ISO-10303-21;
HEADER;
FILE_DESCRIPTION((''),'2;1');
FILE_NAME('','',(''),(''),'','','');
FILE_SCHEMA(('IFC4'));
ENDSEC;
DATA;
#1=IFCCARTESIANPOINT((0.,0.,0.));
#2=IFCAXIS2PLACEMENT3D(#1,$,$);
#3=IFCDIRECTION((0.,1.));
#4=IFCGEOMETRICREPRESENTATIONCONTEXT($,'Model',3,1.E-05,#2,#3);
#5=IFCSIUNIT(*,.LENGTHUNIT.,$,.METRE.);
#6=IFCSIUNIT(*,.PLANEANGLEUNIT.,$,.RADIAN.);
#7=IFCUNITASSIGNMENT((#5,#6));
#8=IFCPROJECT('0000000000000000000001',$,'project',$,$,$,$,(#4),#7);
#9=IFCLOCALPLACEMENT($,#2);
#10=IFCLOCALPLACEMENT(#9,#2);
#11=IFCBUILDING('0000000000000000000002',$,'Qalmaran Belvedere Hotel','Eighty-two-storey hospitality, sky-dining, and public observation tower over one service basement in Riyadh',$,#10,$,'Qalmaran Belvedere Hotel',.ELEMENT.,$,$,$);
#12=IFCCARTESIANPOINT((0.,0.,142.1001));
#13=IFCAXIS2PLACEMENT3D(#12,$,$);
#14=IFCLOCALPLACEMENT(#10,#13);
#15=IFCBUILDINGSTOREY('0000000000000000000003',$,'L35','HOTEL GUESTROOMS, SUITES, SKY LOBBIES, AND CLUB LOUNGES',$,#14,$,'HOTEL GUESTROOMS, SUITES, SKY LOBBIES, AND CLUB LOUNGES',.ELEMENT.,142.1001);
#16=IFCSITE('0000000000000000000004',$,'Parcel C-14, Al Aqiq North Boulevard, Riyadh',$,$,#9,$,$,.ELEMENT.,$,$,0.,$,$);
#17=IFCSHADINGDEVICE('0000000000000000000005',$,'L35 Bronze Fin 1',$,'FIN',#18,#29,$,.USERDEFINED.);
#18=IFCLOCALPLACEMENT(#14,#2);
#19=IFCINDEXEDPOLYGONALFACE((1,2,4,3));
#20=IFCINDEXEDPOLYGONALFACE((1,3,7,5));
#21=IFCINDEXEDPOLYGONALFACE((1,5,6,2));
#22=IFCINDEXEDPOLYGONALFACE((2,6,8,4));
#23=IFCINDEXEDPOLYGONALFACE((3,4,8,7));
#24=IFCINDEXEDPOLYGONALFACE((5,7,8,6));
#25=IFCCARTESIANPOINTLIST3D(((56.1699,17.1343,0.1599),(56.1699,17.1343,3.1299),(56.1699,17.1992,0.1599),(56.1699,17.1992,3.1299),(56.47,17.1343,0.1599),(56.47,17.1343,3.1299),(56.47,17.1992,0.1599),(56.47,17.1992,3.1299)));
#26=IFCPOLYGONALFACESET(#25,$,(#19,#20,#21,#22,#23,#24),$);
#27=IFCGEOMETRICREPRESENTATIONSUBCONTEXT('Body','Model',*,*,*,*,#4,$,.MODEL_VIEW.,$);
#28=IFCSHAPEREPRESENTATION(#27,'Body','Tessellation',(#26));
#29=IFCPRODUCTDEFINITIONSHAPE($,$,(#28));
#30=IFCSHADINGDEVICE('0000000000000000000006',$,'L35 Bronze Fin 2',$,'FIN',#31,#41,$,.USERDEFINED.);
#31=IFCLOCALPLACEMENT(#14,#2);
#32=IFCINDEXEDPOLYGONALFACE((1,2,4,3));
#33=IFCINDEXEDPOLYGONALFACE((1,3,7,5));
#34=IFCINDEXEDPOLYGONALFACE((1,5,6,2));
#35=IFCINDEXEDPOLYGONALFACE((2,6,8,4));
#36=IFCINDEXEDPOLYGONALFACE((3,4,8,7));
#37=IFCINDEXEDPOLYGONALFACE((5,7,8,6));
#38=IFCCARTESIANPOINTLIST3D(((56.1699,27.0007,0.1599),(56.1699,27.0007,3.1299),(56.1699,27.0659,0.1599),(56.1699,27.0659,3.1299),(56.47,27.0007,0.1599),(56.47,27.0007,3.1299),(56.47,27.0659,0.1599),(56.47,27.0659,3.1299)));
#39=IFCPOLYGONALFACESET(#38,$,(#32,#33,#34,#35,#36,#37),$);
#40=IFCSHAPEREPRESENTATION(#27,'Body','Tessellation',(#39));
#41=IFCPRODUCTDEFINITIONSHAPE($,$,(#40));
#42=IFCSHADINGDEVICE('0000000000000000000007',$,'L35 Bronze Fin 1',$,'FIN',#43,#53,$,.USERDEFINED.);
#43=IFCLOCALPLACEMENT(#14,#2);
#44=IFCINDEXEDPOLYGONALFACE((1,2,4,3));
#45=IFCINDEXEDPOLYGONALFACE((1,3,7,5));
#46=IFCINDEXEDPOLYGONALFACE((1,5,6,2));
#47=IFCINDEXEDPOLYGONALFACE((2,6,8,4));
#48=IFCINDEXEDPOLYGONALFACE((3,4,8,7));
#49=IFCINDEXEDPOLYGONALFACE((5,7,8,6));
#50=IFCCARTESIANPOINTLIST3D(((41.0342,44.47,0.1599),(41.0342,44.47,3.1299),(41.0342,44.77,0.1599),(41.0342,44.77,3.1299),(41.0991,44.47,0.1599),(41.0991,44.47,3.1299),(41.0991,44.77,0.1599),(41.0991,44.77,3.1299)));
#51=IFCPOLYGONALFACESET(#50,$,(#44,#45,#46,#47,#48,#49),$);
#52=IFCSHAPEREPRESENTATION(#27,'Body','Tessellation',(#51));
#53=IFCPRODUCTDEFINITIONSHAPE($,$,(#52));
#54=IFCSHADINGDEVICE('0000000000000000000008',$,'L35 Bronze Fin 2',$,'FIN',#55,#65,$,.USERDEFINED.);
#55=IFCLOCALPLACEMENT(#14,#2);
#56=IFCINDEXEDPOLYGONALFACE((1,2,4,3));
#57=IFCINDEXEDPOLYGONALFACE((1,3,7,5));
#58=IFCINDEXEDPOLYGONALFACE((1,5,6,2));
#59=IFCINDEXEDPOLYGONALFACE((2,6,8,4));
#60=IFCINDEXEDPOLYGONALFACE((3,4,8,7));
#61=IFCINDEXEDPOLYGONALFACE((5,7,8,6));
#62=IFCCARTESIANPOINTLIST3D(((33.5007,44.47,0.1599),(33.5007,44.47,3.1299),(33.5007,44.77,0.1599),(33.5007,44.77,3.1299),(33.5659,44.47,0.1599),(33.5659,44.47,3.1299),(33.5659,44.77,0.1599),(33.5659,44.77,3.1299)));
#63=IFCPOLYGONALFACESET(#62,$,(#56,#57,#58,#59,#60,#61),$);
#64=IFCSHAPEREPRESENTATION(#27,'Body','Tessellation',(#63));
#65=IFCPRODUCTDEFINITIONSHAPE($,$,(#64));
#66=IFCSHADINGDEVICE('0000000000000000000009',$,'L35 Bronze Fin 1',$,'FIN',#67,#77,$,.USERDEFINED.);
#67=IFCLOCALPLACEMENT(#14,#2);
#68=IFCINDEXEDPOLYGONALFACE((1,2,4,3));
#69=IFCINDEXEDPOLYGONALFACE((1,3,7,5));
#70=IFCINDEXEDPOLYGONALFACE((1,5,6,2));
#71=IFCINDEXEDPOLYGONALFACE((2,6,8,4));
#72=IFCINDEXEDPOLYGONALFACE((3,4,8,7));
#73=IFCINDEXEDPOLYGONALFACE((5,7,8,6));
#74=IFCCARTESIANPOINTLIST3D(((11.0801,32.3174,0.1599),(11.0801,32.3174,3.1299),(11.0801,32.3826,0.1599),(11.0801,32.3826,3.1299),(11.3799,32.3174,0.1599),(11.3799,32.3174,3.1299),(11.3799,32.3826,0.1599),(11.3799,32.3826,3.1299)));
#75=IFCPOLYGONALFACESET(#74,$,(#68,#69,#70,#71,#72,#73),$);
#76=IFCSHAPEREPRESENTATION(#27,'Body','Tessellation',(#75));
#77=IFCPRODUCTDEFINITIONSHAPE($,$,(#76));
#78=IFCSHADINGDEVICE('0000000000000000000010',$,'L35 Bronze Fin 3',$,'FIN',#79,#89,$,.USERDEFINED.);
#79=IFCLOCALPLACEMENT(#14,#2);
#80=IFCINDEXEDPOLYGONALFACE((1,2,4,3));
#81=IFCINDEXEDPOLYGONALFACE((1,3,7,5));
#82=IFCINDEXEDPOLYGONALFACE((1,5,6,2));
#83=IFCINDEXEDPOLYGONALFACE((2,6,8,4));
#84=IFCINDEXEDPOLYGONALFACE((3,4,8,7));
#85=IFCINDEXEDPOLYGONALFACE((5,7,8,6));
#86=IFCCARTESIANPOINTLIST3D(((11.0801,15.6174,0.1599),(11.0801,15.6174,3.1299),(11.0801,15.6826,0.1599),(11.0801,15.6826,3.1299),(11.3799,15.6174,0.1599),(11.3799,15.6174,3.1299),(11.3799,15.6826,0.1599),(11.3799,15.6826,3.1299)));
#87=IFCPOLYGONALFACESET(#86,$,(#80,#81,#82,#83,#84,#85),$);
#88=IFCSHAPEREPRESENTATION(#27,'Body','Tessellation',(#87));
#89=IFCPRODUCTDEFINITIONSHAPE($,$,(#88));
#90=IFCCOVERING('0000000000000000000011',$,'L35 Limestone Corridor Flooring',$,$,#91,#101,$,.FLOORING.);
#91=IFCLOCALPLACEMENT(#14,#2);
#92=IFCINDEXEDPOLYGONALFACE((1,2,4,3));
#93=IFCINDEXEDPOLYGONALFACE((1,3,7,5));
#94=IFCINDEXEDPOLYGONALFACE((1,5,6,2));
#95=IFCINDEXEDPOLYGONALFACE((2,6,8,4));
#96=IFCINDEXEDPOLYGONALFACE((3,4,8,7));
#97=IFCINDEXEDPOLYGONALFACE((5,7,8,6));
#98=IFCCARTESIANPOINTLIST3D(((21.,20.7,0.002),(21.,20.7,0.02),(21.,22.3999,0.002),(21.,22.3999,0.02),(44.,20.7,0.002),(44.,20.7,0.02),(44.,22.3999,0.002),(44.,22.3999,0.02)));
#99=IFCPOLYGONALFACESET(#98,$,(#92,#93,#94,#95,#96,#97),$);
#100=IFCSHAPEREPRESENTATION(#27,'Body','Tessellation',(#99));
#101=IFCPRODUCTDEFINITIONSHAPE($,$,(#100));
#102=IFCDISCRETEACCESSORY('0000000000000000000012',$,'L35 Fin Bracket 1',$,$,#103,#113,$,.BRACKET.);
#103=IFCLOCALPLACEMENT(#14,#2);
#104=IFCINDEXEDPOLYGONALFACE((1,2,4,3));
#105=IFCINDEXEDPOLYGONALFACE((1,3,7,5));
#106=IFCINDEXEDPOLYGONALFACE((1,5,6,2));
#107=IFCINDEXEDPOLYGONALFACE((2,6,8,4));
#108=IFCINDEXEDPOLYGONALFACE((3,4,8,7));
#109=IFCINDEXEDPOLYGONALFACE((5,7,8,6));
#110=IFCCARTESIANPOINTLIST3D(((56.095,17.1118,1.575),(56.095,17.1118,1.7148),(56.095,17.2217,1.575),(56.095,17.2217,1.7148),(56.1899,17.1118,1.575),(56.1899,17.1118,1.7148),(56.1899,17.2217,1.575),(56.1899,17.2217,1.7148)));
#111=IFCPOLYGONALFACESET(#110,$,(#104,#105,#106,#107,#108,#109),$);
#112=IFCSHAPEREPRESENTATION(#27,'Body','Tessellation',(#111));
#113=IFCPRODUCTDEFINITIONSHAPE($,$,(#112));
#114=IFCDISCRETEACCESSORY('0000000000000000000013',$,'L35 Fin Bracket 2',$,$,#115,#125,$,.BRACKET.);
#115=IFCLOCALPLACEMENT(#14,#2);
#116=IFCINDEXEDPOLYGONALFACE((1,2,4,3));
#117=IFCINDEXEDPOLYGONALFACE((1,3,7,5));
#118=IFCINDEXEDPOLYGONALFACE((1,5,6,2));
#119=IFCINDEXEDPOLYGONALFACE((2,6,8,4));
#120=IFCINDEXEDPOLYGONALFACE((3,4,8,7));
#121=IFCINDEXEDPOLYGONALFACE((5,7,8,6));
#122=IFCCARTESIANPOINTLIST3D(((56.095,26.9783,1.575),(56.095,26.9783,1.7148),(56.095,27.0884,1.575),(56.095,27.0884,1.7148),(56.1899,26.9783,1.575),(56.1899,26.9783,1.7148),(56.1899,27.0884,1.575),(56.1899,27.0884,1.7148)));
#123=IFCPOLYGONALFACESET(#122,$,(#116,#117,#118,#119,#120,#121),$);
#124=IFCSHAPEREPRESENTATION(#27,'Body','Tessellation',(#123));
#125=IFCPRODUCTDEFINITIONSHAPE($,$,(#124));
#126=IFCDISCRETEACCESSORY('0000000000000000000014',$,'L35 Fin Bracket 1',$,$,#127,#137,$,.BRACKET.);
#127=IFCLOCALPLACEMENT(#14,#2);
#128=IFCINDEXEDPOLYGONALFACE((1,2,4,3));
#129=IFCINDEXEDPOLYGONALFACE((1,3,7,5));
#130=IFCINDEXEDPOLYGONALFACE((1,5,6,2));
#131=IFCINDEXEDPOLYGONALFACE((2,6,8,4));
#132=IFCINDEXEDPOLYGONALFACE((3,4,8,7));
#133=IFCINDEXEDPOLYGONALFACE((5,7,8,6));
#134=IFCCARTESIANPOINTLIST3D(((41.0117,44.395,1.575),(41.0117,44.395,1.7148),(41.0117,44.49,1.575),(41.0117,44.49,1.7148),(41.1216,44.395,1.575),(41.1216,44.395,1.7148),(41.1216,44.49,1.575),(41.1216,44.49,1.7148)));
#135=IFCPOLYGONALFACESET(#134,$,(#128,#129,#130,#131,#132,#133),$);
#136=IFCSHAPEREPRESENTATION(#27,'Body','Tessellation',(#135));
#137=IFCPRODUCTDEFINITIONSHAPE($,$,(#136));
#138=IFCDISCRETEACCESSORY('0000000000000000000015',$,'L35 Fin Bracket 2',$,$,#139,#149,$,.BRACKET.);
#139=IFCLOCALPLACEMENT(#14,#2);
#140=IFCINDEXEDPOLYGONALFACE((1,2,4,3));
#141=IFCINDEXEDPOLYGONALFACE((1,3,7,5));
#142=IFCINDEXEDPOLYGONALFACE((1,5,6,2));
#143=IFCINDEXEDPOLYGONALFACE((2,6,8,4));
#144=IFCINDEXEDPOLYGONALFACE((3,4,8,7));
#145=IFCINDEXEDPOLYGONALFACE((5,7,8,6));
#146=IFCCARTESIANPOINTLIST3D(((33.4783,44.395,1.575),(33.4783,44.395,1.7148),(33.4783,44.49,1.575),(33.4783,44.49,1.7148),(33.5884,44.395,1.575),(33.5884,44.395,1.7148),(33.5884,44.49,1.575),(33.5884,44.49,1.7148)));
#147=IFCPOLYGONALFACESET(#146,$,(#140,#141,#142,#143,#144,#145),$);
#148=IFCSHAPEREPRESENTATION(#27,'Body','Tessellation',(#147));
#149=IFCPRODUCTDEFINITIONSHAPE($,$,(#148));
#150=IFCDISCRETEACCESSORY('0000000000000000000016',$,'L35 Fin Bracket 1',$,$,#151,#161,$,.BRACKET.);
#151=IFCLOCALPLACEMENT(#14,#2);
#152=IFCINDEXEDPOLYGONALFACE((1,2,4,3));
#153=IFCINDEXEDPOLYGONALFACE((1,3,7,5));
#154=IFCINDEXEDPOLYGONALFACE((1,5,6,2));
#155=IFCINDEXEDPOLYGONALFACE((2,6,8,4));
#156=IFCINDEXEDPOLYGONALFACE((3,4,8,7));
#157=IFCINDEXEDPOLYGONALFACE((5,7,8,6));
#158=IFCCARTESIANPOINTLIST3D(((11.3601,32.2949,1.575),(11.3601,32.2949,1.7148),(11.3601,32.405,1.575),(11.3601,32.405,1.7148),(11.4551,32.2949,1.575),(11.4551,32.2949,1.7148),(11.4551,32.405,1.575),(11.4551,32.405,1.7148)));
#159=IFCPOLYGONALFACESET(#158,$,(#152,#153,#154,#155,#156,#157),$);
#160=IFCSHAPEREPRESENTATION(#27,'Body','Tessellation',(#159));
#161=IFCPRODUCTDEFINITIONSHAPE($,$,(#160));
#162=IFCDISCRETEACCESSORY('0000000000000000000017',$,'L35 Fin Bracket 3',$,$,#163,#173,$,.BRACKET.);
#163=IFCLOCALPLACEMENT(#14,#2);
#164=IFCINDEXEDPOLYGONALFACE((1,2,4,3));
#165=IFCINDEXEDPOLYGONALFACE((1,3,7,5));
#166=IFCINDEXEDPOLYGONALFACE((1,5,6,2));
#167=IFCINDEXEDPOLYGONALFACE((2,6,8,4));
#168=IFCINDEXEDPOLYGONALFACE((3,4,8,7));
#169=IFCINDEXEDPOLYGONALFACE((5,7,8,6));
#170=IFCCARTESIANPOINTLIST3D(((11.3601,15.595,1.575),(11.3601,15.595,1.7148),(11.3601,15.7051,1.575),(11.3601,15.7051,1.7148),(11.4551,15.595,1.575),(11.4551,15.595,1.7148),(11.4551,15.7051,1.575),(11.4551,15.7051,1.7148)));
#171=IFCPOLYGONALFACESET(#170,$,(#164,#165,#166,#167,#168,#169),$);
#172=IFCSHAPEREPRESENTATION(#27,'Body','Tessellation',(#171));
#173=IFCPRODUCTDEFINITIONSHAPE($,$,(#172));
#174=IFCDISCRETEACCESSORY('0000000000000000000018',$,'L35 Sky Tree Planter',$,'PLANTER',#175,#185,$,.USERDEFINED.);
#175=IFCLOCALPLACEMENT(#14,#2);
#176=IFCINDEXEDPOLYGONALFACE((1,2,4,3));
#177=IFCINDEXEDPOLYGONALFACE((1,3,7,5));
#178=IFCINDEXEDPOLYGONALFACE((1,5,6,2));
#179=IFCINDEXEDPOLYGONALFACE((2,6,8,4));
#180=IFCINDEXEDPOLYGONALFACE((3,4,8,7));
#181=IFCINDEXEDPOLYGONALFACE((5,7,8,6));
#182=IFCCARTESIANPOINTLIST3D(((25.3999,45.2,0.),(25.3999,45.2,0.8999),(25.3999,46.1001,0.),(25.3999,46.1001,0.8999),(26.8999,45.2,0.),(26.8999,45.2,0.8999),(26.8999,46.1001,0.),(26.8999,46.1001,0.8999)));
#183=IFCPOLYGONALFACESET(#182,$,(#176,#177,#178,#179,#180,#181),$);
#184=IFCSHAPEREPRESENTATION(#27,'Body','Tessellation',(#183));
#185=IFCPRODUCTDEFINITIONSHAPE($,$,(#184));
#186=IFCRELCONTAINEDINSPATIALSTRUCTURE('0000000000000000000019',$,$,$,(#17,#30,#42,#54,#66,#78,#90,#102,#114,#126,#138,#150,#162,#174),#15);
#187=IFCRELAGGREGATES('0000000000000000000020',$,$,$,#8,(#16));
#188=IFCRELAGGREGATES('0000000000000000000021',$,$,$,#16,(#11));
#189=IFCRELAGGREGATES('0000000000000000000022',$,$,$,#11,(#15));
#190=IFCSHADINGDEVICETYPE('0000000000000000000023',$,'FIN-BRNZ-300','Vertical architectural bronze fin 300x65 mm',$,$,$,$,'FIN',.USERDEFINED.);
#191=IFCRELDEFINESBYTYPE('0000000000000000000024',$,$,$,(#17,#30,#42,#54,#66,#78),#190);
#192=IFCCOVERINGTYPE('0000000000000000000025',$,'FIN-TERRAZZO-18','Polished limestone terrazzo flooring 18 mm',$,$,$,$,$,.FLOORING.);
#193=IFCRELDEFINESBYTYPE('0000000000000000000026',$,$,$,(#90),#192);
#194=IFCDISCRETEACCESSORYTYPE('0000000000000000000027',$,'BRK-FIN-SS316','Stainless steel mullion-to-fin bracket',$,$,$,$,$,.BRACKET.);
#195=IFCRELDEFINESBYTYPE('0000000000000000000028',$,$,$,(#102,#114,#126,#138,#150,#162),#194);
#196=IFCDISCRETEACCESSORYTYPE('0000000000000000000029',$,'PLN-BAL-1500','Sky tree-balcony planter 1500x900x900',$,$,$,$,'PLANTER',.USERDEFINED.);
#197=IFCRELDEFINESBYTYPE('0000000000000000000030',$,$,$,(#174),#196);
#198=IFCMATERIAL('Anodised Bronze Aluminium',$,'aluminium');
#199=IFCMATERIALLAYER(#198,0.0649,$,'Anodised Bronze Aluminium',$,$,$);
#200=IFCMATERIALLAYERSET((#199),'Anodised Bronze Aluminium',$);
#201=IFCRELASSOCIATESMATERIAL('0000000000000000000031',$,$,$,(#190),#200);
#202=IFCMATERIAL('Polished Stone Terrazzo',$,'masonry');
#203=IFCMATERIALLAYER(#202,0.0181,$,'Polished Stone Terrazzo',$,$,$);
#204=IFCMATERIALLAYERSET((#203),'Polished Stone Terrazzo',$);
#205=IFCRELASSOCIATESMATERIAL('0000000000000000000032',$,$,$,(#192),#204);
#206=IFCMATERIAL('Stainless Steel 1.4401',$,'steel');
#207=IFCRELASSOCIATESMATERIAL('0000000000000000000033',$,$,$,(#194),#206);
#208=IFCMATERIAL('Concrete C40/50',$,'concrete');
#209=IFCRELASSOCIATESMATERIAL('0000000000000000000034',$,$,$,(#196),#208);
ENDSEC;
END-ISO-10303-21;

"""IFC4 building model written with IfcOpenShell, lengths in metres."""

from ifc_helpers import new_model, si_unit, direction, frame, origin, place, context, subcontext, project, spatial, polyline, outline, extrude, material, layer, layer_set, type_object, element, save


model = new_model("IFC4")

# Units and contexts
model_context = context("Model", 3, precision=1e-05, world=origin(), true_north=direction((0.0, 1.0)))
body_context = subcontext(model_context, "Body", "Model", "MODEL_VIEW")
ifc_project = project(units=[si_unit("LENGTHUNIT", "METRE"), si_unit("PLANEANGLEUNIT", "RADIAN")], contexts=[model_context])

# Site, building, storey
site_placement = place(None, origin())
site = spatial("IfcSite", under=ifc_project, at=site_placement, Name="Parcel C-14, Al Aqiq North Boulevard, Riyadh", CompositionType="ELEMENT", RefElevation=0.0)
building_placement = place(site_placement, origin())
building = spatial("IfcBuilding", under=site, at=building_placement, Name="Qalmaran Belvedere Hotel", Description="Eighty-two-storey hospitality, sky-dining, and public observation tower over one service basement in Riyadh", LongName="Qalmaran Belvedere Hotel", CompositionType="ELEMENT")
storey_placement = place(building_placement, frame((0.0, 0.0, 142.1001)))
storey = spatial("IfcBuildingStorey", under=building, at=storey_placement, Name="L35", Description="HOTEL GUESTROOMS, SUITES, SKY LOBBIES, AND CLUB LOUNGES", LongName="HOTEL GUESTROOMS, SUITES, SKY LOBBIES, AND CLUB LOUNGES", CompositionType="ELEMENT", Elevation=142.1001)

# Shared definitions
ifc_material_1 = material(Name="Anodised Bronze Aluminium", Category="aluminium")

# Shared definitions
ifc_material_2 = material(Name="Concrete C40/50", Category="concrete")

# Shading devices
ifc_layer_1 = layer(ifc_material_1, 0.0649, Name="Anodised Bronze Aluminium")
ifc_layer_set_1 = layer_set([ifc_layer_1], Name="Anodised Bronze Aluminium")
shading_device_type = type_object("IfcShadingDeviceType", Name="FIN-BRNZ-300", Description="Vertical architectural bronze fin 300x65 mm", ElementType="FIN", PredefinedType="USERDEFINED", material=ifc_layer_set_1)
shading_device_1_placement = place(storey_placement, frame((0.0, 0.0, 0.1599)))
element("IfcShadingDevice", 1, at=shading_device_1_placement, inside=storey, type_object=shading_device_type, Name="L35 Bronze Fin 1", ObjectType="FIN", PredefinedType="USERDEFINED", context=body_context, shape_type="SweptSolid", body=[
    extrude(outline(polyline([(56.1699, 17.1343), (56.47, 17.1343), (56.47, 17.1992), (56.1699, 17.1992), (56.1699, 17.1343)])), origin(), (0.0, 0.0, 1.0), 2.97),
])
shading_device_2_placement = place(storey_placement, frame((0.0, 0.0, 0.1599)))
element("IfcShadingDevice", 2, at=shading_device_2_placement, inside=storey, type_object=shading_device_type, Name="L35 Bronze Fin 2", ObjectType="FIN", PredefinedType="USERDEFINED", context=body_context, shape_type="SweptSolid", body=[
    extrude(outline(polyline([(56.1699, 27.0007), (56.47, 27.0007), (56.47, 27.0659), (56.1699, 27.0659), (56.1699, 27.0007)])), origin(), (0.0, 0.0, 1.0), 2.97),
])
shading_device_3_placement = place(storey_placement, frame((0.0, 0.0, 0.1599)))
element("IfcShadingDevice", 3, at=shading_device_3_placement, inside=storey, type_object=shading_device_type, Name="L35 Bronze Fin 1", ObjectType="FIN", PredefinedType="USERDEFINED", context=body_context, shape_type="SweptSolid", body=[
    extrude(outline(polyline([(41.0991, 44.47), (41.0991, 44.77), (41.0342, 44.77), (41.0342, 44.47), (41.0991, 44.47)])), origin(), (0.0, 0.0, 1.0), 2.97),
])
shading_device_4_placement = place(storey_placement, frame((0.0, 0.0, 0.1599)))
element("IfcShadingDevice", 4, at=shading_device_4_placement, inside=storey, type_object=shading_device_type, Name="L35 Bronze Fin 2", ObjectType="FIN", PredefinedType="USERDEFINED", context=body_context, shape_type="SweptSolid", body=[
    extrude(outline(polyline([(33.5659, 44.47), (33.5659, 44.77), (33.5007, 44.77), (33.5007, 44.47), (33.5659, 44.47)])), origin(), (0.0, 0.0, 1.0), 2.97),
])
shading_device_5_placement = place(storey_placement, frame((0.0, 0.0, 0.1599)))
element("IfcShadingDevice", 5, at=shading_device_5_placement, inside=storey, type_object=shading_device_type, Name="L35 Bronze Fin 1", ObjectType="FIN", PredefinedType="USERDEFINED", context=body_context, shape_type="SweptSolid", body=[
    extrude(outline(polyline([(11.3799, 32.3826), (11.0801, 32.3826), (11.0801, 32.3174), (11.3799, 32.3174), (11.3799, 32.3826)])), origin(), (0.0, 0.0, 1.0), 2.97),
])
shading_device_6_placement = place(storey_placement, frame((0.0, 0.0, 0.1599)))
element("IfcShadingDevice", 6, at=shading_device_6_placement, inside=storey, type_object=shading_device_type, Name="L35 Bronze Fin 3", ObjectType="FIN", PredefinedType="USERDEFINED", context=body_context, shape_type="SweptSolid", body=[
    extrude(outline(polyline([(11.3799, 15.6826), (11.0801, 15.6826), (11.0801, 15.6174), (11.3799, 15.6174), (11.3799, 15.6826)])), origin(), (0.0, 0.0, 1.0), 2.97),
])

# Covering
ifc_material_3 = material(Name="Polished Stone Terrazzo", Category="masonry")
ifc_layer_2 = layer(ifc_material_3, 0.0181, Name="Polished Stone Terrazzo")
ifc_layer_set_2 = layer_set([ifc_layer_2], Name="Polished Stone Terrazzo")
covering_type_1 = type_object("IfcCoveringType", Name="FIN-TERRAZZO-18", Description="Polished limestone terrazzo flooring 18 mm", PredefinedType="FLOORING", material=ifc_layer_set_2)
covering_1_placement = place(storey_placement, frame((0.0, 0.0, 0.002)))
element("IfcCovering", 7, at=covering_1_placement, inside=storey, type_object=covering_type_1, Name="L35 Limestone Corridor Flooring", PredefinedType="FLOORING", context=body_context, shape_type="SweptSolid", body=[
    extrude(outline(polyline([(21.0, 20.7), (44.0, 20.7), (44.0, 22.3999), (21.0, 22.3999), (21.0, 20.7)])), origin(), (0.0, 0.0, 1.0), 0.0181),
])

# Discrete accessories
ifc_material_4 = material(Name="Stainless Steel 1.4401", Category="steel")
discrete_accessory_type_1 = type_object("IfcDiscreteAccessoryType", Name="BRK-FIN-SS316", Description="Stainless steel mullion-to-fin bracket", PredefinedType="BRACKET", material=ifc_material_4)
discrete_accessory_1_placement = place(storey_placement, frame((0.0, 0.0, 1.575)))
element("IfcDiscreteAccessory", 8, at=discrete_accessory_1_placement, inside=storey, type_object=discrete_accessory_type_1, Name="L35 Fin Bracket 1", PredefinedType="BRACKET", context=body_context, shape_type="SweptSolid", body=[
    extrude(outline(polyline([(56.095, 17.1118), (56.1899, 17.1118), (56.1899, 17.2217), (56.095, 17.2217), (56.095, 17.1118)])), origin(), (0.0, 0.0, 1.0), 0.1399),
])
discrete_accessory_2_placement = place(storey_placement, frame((0.0, 0.0, 1.575)))
element("IfcDiscreteAccessory", 9, at=discrete_accessory_2_placement, inside=storey, type_object=discrete_accessory_type_1, Name="L35 Fin Bracket 2", PredefinedType="BRACKET", context=body_context, shape_type="SweptSolid", body=[
    extrude(outline(polyline([(56.095, 26.9783), (56.1899, 26.9783), (56.1899, 27.0884), (56.095, 27.0884), (56.095, 26.9783)])), origin(), (0.0, 0.0, 1.0), 0.1399),
])
discrete_accessory_3_placement = place(storey_placement, frame((0.0, 0.0, 1.575)))
element("IfcDiscreteAccessory", 10, at=discrete_accessory_3_placement, inside=storey, type_object=discrete_accessory_type_1, Name="L35 Fin Bracket 1", PredefinedType="BRACKET", context=body_context, shape_type="SweptSolid", body=[
    extrude(outline(polyline([(41.1216, 44.395), (41.1216, 44.49), (41.0117, 44.49), (41.0117, 44.395), (41.1216, 44.395)])), origin(), (0.0, 0.0, 1.0), 0.1399),
])
discrete_accessory_4_placement = place(storey_placement, frame((0.0, 0.0, 1.575)))
element("IfcDiscreteAccessory", 11, at=discrete_accessory_4_placement, inside=storey, type_object=discrete_accessory_type_1, Name="L35 Fin Bracket 2", PredefinedType="BRACKET", context=body_context, shape_type="SweptSolid", body=[
    extrude(outline(polyline([(33.5884, 44.395), (33.5884, 44.49), (33.4783, 44.49), (33.4783, 44.395), (33.5884, 44.395)])), origin(), (0.0, 0.0, 1.0), 0.1399),
])
discrete_accessory_5_placement = place(storey_placement, frame((0.0, 0.0, 1.575)))
element("IfcDiscreteAccessory", 12, at=discrete_accessory_5_placement, inside=storey, type_object=discrete_accessory_type_1, Name="L35 Fin Bracket 1", PredefinedType="BRACKET", context=body_context, shape_type="SweptSolid", body=[
    extrude(outline(polyline([(11.4551, 32.405), (11.3601, 32.405), (11.3601, 32.2949), (11.4551, 32.2949), (11.4551, 32.405)])), origin(), (0.0, 0.0, 1.0), 0.1399),
])
discrete_accessory_6_placement = place(storey_placement, frame((0.0, 0.0, 1.575)))
element("IfcDiscreteAccessory", 13, at=discrete_accessory_6_placement, inside=storey, type_object=discrete_accessory_type_1, Name="L35 Fin Bracket 3", PredefinedType="BRACKET", context=body_context, shape_type="SweptSolid", body=[
    extrude(outline(polyline([(11.4551, 15.7051), (11.3601, 15.7051), (11.3601, 15.595), (11.4551, 15.595), (11.4551, 15.7051)])), origin(), (0.0, 0.0, 1.0), 0.1399),
])
discrete_accessory_type_2 = type_object("IfcDiscreteAccessoryType", Name="PLN-BAL-1500", Description="Sky tree-balcony planter 1500x900x900", ElementType="PLANTER", PredefinedType="USERDEFINED", material=ifc_material_2)
discrete_accessory_7_placement = place(storey_placement, origin())
element("IfcDiscreteAccessory", 14, at=discrete_accessory_7_placement, inside=storey, type_object=discrete_accessory_type_2, Name="L35 Sky Tree Planter", ObjectType="PLANTER", PredefinedType="USERDEFINED", context=body_context, shape_type="SweptSolid", body=[
    extrude(outline(polyline([(25.3999, 45.2), (26.8999, 45.2), (26.8999, 46.1001), (25.3999, 46.1001), (25.3999, 45.2)])), origin(), (0.0, 0.0, 1.0), 0.8999),
])

save(model, "model.ifc")
